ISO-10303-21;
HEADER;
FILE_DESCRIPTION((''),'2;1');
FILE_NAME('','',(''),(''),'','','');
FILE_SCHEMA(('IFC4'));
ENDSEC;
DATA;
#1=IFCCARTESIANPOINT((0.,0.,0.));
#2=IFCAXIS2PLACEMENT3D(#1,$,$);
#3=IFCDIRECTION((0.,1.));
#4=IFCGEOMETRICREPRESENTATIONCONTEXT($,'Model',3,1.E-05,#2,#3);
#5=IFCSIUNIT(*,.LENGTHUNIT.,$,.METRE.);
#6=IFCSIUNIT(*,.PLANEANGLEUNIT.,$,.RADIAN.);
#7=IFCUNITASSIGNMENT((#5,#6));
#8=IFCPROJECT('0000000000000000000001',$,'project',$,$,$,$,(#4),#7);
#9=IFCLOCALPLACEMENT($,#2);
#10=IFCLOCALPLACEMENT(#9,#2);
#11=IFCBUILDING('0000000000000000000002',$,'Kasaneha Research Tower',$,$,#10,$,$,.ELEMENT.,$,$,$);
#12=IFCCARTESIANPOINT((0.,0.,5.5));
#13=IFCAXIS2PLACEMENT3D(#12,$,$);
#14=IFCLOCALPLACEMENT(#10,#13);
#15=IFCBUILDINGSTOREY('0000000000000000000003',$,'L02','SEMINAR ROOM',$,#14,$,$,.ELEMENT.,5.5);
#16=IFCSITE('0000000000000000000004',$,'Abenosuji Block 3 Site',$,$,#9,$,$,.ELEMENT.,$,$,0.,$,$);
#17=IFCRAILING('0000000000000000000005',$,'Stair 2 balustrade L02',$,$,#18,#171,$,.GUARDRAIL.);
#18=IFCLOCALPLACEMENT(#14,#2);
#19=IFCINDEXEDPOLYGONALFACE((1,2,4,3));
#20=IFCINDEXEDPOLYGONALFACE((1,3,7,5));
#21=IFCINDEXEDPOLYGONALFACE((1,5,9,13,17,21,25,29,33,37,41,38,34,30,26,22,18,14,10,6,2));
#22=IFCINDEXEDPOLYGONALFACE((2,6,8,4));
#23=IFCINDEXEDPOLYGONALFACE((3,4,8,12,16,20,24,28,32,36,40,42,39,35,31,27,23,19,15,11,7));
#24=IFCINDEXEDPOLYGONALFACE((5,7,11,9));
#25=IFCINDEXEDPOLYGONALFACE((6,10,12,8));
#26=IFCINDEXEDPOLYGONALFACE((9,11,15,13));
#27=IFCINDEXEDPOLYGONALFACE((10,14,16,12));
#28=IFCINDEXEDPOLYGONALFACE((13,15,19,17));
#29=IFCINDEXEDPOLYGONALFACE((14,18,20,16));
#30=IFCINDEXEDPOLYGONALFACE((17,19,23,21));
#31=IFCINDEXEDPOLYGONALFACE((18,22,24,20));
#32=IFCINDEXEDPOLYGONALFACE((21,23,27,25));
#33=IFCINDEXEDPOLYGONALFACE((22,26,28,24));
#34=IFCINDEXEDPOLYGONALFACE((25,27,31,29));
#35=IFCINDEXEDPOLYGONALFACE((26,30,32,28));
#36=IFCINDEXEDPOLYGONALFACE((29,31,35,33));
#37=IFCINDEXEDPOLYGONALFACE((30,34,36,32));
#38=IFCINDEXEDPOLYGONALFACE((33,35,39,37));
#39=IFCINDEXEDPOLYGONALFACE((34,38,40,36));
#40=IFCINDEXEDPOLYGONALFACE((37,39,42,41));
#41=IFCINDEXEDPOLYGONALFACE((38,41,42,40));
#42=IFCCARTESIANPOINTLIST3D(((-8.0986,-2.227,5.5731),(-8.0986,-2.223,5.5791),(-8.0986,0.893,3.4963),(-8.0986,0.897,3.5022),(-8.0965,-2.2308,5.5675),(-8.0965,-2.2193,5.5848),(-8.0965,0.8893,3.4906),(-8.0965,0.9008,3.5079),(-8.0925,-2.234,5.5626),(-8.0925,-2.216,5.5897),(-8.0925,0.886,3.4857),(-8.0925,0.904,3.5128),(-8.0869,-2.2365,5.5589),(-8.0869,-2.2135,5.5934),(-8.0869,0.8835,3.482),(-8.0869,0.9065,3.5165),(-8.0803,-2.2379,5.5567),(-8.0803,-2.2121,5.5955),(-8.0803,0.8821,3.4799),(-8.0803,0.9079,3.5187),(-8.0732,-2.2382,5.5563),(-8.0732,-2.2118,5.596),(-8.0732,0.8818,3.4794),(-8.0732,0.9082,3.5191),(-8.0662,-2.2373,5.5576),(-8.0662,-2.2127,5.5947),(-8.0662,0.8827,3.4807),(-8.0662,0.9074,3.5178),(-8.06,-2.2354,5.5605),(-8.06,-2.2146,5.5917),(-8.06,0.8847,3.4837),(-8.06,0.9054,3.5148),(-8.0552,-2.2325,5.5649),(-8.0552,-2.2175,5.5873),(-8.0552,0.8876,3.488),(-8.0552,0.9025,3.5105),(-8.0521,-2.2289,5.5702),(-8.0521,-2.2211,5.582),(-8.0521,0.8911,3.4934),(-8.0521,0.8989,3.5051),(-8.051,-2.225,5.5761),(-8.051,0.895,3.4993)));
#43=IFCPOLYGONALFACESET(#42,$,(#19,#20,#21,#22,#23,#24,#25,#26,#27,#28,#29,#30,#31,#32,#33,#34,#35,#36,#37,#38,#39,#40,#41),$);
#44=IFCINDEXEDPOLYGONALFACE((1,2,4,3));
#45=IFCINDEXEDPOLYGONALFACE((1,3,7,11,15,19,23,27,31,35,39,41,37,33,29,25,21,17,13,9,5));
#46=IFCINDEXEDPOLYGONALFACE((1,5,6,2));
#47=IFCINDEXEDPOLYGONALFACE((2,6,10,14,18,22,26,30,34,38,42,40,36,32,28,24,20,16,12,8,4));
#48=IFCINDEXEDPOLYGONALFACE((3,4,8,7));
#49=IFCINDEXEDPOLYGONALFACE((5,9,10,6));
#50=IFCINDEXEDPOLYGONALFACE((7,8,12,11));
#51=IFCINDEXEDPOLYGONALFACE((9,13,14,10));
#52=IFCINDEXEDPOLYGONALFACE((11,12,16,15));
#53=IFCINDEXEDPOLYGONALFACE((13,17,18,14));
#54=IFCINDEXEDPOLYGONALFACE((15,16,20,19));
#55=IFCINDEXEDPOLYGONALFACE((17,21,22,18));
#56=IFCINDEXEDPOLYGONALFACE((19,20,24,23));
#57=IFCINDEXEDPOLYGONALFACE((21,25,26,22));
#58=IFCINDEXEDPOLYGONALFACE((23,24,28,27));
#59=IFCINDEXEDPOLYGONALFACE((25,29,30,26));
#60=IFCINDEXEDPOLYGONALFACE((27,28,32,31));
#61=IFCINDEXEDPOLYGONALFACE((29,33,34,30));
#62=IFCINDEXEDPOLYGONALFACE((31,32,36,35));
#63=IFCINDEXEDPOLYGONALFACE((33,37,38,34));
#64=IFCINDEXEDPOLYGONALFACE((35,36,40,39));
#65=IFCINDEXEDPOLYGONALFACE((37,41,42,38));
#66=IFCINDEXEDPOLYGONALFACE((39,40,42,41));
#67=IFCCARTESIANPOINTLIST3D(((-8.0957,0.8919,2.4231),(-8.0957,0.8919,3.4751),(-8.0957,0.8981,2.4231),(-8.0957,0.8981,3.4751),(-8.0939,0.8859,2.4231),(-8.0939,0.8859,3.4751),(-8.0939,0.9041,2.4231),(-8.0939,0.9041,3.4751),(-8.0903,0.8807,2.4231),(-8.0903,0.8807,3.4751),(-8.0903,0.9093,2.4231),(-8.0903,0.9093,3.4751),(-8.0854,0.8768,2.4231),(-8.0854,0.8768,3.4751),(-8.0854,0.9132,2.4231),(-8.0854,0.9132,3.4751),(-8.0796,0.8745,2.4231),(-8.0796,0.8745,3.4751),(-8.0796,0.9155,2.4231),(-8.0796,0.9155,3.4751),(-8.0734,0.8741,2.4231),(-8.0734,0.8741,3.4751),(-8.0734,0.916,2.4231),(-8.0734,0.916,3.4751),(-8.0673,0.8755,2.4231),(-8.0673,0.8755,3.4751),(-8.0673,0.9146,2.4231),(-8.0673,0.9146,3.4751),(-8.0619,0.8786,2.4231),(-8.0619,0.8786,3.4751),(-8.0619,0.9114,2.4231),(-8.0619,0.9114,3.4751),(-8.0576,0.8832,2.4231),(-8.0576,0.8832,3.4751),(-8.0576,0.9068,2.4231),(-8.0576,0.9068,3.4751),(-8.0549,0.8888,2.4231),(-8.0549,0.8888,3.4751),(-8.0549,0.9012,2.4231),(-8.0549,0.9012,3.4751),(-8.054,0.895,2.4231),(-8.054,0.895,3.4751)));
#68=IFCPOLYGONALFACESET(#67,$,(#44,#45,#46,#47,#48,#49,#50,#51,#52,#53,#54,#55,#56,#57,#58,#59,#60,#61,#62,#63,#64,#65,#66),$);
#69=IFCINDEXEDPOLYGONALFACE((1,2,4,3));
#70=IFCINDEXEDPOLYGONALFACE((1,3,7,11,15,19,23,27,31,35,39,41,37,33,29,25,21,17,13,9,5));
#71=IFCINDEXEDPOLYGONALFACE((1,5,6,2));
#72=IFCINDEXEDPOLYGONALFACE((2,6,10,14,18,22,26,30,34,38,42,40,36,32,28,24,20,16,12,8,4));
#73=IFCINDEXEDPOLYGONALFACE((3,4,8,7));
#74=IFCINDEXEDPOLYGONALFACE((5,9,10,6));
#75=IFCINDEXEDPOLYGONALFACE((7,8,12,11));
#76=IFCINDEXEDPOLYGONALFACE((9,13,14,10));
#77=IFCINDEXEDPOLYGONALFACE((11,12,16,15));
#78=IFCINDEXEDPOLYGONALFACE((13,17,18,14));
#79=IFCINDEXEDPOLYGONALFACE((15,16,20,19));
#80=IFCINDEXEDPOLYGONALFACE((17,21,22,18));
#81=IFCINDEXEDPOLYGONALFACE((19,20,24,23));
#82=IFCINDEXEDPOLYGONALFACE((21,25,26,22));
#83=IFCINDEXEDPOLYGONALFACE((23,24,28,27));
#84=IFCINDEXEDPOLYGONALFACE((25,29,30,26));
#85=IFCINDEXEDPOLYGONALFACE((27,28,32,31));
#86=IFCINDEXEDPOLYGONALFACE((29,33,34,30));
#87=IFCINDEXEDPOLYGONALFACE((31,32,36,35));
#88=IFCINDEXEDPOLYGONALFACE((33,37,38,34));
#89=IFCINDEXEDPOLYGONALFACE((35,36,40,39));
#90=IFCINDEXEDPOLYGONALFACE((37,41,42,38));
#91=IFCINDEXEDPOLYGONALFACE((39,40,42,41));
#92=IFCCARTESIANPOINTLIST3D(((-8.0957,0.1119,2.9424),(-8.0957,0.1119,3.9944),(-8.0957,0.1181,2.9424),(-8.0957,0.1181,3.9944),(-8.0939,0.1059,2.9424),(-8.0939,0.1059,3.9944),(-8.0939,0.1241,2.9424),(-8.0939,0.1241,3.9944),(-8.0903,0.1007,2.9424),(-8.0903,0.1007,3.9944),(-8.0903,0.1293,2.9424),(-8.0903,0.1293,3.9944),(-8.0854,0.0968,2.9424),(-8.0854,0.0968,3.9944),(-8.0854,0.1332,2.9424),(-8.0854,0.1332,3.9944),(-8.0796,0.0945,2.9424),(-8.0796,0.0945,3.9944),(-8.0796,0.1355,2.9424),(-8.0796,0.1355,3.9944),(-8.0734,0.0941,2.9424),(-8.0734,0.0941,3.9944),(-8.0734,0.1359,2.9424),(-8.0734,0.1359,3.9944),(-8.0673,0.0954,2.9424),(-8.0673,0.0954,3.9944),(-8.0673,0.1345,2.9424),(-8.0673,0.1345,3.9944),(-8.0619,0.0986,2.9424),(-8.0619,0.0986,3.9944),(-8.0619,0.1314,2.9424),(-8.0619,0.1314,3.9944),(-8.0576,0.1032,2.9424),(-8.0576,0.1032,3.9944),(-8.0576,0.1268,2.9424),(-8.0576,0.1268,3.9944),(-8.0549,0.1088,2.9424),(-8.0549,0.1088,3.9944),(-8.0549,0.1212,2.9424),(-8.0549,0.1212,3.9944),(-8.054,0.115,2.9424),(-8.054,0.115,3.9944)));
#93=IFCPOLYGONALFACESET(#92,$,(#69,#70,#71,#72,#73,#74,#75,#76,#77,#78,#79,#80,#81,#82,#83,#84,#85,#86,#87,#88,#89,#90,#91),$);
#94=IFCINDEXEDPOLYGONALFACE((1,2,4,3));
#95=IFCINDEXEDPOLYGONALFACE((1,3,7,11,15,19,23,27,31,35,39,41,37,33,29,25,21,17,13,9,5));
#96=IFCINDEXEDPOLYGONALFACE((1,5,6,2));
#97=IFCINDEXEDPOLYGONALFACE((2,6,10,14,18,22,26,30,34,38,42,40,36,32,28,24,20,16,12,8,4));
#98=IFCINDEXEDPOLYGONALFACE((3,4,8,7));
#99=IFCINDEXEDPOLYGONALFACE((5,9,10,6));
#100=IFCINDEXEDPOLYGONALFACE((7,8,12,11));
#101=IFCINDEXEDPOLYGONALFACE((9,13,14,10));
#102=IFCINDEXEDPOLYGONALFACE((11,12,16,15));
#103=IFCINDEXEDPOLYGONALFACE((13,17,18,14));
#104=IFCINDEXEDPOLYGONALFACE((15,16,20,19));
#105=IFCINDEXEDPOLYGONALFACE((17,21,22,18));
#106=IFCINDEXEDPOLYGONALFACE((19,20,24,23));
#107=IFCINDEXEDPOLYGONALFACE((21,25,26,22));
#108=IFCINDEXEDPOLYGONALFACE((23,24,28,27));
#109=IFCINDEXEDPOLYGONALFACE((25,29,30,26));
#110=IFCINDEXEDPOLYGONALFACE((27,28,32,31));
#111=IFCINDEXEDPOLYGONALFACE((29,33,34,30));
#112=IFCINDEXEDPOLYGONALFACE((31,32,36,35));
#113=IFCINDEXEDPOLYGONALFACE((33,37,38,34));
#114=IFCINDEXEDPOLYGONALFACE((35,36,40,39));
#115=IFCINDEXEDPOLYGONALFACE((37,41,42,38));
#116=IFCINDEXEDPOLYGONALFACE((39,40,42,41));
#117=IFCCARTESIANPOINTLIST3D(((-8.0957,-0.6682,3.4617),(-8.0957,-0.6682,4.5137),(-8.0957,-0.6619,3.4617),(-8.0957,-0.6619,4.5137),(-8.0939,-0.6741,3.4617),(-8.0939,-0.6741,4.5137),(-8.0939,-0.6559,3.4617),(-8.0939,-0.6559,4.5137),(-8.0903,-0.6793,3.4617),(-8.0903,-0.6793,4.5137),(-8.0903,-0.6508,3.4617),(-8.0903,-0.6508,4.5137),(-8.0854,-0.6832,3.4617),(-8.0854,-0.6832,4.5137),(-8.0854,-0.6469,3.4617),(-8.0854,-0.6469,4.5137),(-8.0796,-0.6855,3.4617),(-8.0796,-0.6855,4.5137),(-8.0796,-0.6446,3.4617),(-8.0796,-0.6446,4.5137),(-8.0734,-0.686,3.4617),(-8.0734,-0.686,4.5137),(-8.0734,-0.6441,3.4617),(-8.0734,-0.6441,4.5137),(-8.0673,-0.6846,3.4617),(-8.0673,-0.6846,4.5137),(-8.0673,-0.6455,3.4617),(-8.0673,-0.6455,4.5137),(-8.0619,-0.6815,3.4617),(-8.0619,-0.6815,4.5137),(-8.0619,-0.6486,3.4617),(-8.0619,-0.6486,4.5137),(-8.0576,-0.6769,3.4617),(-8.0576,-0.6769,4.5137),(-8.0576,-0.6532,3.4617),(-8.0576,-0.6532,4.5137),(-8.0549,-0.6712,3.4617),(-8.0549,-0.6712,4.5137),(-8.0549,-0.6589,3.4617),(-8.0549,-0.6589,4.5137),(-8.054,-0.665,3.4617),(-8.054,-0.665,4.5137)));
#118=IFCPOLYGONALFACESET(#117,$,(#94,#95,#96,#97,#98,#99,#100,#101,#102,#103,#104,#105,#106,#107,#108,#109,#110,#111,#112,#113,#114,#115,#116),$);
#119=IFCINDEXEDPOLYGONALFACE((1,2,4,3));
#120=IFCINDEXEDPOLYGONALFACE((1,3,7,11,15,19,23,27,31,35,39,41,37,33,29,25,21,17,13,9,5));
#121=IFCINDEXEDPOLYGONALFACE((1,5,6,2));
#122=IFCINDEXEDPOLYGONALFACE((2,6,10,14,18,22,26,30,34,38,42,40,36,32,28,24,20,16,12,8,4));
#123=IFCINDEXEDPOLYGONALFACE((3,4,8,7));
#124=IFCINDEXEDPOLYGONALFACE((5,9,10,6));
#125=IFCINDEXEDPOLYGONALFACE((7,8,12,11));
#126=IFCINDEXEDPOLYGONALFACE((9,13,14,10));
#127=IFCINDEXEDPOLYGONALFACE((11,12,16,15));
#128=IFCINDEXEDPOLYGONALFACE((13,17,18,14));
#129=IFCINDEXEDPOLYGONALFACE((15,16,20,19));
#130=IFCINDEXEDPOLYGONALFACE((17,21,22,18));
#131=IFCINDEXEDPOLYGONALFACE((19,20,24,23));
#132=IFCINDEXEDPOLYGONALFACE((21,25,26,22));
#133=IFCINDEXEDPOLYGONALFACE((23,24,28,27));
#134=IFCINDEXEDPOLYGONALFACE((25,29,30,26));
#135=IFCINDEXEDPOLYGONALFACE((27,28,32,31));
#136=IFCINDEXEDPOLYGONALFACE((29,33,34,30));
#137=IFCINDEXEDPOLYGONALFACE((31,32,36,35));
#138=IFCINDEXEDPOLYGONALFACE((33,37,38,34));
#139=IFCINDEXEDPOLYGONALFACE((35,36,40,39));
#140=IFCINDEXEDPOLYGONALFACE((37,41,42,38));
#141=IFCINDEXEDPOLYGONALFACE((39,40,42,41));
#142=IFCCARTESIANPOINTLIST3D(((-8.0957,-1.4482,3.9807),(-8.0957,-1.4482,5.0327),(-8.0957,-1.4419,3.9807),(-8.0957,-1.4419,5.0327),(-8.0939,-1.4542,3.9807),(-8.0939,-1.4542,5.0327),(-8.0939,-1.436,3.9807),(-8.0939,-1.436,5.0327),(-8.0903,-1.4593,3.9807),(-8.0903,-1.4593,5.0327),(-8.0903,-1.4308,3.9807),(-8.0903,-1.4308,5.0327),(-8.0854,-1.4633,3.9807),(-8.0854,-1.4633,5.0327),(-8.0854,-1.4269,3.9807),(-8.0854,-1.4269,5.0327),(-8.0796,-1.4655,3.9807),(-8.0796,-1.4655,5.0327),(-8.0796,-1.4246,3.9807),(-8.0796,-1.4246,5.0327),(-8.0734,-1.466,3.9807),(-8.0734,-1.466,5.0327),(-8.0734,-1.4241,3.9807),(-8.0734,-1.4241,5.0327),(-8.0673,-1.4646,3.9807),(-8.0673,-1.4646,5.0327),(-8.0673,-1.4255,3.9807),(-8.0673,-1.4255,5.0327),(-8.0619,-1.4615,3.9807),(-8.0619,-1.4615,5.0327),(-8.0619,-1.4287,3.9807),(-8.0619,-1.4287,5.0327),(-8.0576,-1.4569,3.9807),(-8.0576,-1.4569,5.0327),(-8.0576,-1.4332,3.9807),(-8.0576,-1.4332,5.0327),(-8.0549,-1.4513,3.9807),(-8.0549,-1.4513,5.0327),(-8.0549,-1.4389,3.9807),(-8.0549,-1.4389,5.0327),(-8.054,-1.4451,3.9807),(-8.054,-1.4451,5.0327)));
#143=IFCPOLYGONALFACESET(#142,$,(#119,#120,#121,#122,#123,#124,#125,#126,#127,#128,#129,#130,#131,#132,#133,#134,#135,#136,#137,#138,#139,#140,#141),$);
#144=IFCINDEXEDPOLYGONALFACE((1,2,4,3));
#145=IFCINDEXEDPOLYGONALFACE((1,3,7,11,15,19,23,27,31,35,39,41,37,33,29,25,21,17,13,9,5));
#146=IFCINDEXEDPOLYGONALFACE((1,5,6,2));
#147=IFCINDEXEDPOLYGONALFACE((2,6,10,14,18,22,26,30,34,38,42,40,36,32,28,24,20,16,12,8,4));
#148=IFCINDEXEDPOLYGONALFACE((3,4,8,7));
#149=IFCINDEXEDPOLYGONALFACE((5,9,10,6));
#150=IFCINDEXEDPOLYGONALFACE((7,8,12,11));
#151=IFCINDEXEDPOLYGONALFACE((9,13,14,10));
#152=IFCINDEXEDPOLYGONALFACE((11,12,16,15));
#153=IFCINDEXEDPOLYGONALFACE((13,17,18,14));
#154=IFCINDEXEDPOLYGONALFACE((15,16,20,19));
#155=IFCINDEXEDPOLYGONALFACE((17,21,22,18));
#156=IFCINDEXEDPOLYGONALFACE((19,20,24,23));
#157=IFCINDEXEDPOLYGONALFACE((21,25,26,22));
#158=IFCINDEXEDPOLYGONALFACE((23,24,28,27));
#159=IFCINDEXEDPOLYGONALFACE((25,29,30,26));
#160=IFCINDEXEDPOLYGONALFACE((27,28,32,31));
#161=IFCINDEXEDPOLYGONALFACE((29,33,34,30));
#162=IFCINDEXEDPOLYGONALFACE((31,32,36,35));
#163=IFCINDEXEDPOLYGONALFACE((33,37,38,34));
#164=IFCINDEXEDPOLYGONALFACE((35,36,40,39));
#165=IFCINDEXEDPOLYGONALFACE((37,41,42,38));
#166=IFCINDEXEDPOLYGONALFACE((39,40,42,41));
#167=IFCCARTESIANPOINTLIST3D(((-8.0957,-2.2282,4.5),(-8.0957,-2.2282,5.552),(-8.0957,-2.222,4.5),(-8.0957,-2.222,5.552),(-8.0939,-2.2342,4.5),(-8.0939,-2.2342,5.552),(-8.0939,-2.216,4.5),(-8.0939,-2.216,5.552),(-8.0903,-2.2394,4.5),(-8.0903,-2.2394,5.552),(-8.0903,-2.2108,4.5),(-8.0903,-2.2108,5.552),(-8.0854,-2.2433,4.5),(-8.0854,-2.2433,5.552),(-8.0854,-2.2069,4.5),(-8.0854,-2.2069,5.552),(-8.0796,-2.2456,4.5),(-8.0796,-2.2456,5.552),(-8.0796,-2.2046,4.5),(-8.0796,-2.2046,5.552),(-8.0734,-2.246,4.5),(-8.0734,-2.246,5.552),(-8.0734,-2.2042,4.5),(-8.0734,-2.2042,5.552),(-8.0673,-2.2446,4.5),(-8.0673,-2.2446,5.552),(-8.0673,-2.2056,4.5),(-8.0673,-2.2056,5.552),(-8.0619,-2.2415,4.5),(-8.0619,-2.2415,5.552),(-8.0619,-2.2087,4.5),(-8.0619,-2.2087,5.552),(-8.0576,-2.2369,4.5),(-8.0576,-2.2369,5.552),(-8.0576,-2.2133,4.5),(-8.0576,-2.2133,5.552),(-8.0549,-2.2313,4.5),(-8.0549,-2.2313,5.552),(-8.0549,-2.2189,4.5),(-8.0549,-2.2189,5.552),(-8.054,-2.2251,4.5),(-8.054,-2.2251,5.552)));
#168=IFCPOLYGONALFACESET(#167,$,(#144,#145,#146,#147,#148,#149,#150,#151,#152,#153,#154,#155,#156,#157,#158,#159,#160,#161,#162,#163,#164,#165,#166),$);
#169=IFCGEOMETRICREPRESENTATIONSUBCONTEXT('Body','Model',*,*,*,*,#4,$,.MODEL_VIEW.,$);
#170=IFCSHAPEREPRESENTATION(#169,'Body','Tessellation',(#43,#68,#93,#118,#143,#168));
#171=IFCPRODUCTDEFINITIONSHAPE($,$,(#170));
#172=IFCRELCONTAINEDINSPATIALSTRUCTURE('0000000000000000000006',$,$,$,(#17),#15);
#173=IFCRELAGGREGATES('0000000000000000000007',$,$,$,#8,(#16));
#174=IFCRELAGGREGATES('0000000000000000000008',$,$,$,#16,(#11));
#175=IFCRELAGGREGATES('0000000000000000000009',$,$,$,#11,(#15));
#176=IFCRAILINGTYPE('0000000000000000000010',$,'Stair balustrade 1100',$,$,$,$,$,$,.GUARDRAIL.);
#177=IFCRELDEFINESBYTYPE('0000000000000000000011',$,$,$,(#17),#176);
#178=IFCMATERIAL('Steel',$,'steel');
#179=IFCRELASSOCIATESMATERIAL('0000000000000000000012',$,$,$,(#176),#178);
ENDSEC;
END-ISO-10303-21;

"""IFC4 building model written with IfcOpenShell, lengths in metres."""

from ifc_helpers import new_model, si_unit, direction, frame, origin, origin_2d, place, context, subcontext, project, spatial, circle, extrude, material, type_object, element, save


model = new_model("IFC4")

# Units and contexts
model_context = context("Model", 3, precision=1e-05, world=origin(), true_north=direction((0.0, 1.0)))
body_context = subcontext(model_context, "Body", "Model", "MODEL_VIEW")
ifc_project = project(units=[si_unit("LENGTHUNIT", "METRE"), si_unit("PLANEANGLEUNIT", "RADIAN")], contexts=[model_context])

# Site, building, storey
site_placement = place(None, origin())
site = spatial("IfcSite", under=ifc_project, at=site_placement, Name="Abenosuji Block 3 Site", CompositionType="ELEMENT", RefElevation=0.0)
building_placement = place(site_placement, origin())
building = spatial("IfcBuilding", under=site, at=building_placement, Name="Kasaneha Research Tower", CompositionType="ELEMENT")
storey_placement = place(building_placement, frame((0.0, 0.0, 5.5)))
storey = spatial("IfcBuildingStorey", under=building, at=storey_placement, Name="L02", Description="SEMINAR ROOM", CompositionType="ELEMENT", Elevation=5.5)

# Railing
ifc_material_1 = material(Name="Steel", Category="steel")
railing_type = type_object("IfcRailingType", Name="Stair balustrade 1100", PredefinedType="GUARDRAIL", material=ifc_material_1)
railing_placement = place(storey_placement, frame((-8.075, 0.895, 2.4231)))
element("IfcRailing", 1, at=railing_placement, inside=storey, type_object=railing_type, Name="Stair 2 balustrade L02", PredefinedType="GUARDRAIL", context=body_context, shape_type="SweptSolid", body=[
    extrude(circle(Radius=0.0239, at=origin_2d()), frame((0.0, 0.0, 1.0762), z_axis=(0.0, -0.832441, 0.554114), x_axis=(1.0, 0.0, 0.0)), (0.0, 0.0, 1.0), 3.748),
    extrude(circle(Radius=0.021, at=origin_2d()), origin(), (0.0, 0.0, 1.0), 1.052),
    extrude(circle(Radius=0.021, at=origin_2d()), frame((0.0, -0.78, 0.5193)), (0.0, 0.0, 1.0), 1.052),
    extrude(circle(Radius=0.021, at=origin_2d()), frame((0.0, -1.5601, 1.0386)), (0.0, 0.0, 1.0), 1.052),
    extrude(circle(Radius=0.021, at=origin_2d()), frame((0.0, -2.3401, 1.5576)), (0.0, 0.0, 1.0), 1.052),
    extrude(circle(Radius=0.021, at=origin_2d()), frame((0.0, -3.1201, 2.0769)), (0.0, 0.0, 1.0), 1.052),
])

save(model, "model.ifc")
